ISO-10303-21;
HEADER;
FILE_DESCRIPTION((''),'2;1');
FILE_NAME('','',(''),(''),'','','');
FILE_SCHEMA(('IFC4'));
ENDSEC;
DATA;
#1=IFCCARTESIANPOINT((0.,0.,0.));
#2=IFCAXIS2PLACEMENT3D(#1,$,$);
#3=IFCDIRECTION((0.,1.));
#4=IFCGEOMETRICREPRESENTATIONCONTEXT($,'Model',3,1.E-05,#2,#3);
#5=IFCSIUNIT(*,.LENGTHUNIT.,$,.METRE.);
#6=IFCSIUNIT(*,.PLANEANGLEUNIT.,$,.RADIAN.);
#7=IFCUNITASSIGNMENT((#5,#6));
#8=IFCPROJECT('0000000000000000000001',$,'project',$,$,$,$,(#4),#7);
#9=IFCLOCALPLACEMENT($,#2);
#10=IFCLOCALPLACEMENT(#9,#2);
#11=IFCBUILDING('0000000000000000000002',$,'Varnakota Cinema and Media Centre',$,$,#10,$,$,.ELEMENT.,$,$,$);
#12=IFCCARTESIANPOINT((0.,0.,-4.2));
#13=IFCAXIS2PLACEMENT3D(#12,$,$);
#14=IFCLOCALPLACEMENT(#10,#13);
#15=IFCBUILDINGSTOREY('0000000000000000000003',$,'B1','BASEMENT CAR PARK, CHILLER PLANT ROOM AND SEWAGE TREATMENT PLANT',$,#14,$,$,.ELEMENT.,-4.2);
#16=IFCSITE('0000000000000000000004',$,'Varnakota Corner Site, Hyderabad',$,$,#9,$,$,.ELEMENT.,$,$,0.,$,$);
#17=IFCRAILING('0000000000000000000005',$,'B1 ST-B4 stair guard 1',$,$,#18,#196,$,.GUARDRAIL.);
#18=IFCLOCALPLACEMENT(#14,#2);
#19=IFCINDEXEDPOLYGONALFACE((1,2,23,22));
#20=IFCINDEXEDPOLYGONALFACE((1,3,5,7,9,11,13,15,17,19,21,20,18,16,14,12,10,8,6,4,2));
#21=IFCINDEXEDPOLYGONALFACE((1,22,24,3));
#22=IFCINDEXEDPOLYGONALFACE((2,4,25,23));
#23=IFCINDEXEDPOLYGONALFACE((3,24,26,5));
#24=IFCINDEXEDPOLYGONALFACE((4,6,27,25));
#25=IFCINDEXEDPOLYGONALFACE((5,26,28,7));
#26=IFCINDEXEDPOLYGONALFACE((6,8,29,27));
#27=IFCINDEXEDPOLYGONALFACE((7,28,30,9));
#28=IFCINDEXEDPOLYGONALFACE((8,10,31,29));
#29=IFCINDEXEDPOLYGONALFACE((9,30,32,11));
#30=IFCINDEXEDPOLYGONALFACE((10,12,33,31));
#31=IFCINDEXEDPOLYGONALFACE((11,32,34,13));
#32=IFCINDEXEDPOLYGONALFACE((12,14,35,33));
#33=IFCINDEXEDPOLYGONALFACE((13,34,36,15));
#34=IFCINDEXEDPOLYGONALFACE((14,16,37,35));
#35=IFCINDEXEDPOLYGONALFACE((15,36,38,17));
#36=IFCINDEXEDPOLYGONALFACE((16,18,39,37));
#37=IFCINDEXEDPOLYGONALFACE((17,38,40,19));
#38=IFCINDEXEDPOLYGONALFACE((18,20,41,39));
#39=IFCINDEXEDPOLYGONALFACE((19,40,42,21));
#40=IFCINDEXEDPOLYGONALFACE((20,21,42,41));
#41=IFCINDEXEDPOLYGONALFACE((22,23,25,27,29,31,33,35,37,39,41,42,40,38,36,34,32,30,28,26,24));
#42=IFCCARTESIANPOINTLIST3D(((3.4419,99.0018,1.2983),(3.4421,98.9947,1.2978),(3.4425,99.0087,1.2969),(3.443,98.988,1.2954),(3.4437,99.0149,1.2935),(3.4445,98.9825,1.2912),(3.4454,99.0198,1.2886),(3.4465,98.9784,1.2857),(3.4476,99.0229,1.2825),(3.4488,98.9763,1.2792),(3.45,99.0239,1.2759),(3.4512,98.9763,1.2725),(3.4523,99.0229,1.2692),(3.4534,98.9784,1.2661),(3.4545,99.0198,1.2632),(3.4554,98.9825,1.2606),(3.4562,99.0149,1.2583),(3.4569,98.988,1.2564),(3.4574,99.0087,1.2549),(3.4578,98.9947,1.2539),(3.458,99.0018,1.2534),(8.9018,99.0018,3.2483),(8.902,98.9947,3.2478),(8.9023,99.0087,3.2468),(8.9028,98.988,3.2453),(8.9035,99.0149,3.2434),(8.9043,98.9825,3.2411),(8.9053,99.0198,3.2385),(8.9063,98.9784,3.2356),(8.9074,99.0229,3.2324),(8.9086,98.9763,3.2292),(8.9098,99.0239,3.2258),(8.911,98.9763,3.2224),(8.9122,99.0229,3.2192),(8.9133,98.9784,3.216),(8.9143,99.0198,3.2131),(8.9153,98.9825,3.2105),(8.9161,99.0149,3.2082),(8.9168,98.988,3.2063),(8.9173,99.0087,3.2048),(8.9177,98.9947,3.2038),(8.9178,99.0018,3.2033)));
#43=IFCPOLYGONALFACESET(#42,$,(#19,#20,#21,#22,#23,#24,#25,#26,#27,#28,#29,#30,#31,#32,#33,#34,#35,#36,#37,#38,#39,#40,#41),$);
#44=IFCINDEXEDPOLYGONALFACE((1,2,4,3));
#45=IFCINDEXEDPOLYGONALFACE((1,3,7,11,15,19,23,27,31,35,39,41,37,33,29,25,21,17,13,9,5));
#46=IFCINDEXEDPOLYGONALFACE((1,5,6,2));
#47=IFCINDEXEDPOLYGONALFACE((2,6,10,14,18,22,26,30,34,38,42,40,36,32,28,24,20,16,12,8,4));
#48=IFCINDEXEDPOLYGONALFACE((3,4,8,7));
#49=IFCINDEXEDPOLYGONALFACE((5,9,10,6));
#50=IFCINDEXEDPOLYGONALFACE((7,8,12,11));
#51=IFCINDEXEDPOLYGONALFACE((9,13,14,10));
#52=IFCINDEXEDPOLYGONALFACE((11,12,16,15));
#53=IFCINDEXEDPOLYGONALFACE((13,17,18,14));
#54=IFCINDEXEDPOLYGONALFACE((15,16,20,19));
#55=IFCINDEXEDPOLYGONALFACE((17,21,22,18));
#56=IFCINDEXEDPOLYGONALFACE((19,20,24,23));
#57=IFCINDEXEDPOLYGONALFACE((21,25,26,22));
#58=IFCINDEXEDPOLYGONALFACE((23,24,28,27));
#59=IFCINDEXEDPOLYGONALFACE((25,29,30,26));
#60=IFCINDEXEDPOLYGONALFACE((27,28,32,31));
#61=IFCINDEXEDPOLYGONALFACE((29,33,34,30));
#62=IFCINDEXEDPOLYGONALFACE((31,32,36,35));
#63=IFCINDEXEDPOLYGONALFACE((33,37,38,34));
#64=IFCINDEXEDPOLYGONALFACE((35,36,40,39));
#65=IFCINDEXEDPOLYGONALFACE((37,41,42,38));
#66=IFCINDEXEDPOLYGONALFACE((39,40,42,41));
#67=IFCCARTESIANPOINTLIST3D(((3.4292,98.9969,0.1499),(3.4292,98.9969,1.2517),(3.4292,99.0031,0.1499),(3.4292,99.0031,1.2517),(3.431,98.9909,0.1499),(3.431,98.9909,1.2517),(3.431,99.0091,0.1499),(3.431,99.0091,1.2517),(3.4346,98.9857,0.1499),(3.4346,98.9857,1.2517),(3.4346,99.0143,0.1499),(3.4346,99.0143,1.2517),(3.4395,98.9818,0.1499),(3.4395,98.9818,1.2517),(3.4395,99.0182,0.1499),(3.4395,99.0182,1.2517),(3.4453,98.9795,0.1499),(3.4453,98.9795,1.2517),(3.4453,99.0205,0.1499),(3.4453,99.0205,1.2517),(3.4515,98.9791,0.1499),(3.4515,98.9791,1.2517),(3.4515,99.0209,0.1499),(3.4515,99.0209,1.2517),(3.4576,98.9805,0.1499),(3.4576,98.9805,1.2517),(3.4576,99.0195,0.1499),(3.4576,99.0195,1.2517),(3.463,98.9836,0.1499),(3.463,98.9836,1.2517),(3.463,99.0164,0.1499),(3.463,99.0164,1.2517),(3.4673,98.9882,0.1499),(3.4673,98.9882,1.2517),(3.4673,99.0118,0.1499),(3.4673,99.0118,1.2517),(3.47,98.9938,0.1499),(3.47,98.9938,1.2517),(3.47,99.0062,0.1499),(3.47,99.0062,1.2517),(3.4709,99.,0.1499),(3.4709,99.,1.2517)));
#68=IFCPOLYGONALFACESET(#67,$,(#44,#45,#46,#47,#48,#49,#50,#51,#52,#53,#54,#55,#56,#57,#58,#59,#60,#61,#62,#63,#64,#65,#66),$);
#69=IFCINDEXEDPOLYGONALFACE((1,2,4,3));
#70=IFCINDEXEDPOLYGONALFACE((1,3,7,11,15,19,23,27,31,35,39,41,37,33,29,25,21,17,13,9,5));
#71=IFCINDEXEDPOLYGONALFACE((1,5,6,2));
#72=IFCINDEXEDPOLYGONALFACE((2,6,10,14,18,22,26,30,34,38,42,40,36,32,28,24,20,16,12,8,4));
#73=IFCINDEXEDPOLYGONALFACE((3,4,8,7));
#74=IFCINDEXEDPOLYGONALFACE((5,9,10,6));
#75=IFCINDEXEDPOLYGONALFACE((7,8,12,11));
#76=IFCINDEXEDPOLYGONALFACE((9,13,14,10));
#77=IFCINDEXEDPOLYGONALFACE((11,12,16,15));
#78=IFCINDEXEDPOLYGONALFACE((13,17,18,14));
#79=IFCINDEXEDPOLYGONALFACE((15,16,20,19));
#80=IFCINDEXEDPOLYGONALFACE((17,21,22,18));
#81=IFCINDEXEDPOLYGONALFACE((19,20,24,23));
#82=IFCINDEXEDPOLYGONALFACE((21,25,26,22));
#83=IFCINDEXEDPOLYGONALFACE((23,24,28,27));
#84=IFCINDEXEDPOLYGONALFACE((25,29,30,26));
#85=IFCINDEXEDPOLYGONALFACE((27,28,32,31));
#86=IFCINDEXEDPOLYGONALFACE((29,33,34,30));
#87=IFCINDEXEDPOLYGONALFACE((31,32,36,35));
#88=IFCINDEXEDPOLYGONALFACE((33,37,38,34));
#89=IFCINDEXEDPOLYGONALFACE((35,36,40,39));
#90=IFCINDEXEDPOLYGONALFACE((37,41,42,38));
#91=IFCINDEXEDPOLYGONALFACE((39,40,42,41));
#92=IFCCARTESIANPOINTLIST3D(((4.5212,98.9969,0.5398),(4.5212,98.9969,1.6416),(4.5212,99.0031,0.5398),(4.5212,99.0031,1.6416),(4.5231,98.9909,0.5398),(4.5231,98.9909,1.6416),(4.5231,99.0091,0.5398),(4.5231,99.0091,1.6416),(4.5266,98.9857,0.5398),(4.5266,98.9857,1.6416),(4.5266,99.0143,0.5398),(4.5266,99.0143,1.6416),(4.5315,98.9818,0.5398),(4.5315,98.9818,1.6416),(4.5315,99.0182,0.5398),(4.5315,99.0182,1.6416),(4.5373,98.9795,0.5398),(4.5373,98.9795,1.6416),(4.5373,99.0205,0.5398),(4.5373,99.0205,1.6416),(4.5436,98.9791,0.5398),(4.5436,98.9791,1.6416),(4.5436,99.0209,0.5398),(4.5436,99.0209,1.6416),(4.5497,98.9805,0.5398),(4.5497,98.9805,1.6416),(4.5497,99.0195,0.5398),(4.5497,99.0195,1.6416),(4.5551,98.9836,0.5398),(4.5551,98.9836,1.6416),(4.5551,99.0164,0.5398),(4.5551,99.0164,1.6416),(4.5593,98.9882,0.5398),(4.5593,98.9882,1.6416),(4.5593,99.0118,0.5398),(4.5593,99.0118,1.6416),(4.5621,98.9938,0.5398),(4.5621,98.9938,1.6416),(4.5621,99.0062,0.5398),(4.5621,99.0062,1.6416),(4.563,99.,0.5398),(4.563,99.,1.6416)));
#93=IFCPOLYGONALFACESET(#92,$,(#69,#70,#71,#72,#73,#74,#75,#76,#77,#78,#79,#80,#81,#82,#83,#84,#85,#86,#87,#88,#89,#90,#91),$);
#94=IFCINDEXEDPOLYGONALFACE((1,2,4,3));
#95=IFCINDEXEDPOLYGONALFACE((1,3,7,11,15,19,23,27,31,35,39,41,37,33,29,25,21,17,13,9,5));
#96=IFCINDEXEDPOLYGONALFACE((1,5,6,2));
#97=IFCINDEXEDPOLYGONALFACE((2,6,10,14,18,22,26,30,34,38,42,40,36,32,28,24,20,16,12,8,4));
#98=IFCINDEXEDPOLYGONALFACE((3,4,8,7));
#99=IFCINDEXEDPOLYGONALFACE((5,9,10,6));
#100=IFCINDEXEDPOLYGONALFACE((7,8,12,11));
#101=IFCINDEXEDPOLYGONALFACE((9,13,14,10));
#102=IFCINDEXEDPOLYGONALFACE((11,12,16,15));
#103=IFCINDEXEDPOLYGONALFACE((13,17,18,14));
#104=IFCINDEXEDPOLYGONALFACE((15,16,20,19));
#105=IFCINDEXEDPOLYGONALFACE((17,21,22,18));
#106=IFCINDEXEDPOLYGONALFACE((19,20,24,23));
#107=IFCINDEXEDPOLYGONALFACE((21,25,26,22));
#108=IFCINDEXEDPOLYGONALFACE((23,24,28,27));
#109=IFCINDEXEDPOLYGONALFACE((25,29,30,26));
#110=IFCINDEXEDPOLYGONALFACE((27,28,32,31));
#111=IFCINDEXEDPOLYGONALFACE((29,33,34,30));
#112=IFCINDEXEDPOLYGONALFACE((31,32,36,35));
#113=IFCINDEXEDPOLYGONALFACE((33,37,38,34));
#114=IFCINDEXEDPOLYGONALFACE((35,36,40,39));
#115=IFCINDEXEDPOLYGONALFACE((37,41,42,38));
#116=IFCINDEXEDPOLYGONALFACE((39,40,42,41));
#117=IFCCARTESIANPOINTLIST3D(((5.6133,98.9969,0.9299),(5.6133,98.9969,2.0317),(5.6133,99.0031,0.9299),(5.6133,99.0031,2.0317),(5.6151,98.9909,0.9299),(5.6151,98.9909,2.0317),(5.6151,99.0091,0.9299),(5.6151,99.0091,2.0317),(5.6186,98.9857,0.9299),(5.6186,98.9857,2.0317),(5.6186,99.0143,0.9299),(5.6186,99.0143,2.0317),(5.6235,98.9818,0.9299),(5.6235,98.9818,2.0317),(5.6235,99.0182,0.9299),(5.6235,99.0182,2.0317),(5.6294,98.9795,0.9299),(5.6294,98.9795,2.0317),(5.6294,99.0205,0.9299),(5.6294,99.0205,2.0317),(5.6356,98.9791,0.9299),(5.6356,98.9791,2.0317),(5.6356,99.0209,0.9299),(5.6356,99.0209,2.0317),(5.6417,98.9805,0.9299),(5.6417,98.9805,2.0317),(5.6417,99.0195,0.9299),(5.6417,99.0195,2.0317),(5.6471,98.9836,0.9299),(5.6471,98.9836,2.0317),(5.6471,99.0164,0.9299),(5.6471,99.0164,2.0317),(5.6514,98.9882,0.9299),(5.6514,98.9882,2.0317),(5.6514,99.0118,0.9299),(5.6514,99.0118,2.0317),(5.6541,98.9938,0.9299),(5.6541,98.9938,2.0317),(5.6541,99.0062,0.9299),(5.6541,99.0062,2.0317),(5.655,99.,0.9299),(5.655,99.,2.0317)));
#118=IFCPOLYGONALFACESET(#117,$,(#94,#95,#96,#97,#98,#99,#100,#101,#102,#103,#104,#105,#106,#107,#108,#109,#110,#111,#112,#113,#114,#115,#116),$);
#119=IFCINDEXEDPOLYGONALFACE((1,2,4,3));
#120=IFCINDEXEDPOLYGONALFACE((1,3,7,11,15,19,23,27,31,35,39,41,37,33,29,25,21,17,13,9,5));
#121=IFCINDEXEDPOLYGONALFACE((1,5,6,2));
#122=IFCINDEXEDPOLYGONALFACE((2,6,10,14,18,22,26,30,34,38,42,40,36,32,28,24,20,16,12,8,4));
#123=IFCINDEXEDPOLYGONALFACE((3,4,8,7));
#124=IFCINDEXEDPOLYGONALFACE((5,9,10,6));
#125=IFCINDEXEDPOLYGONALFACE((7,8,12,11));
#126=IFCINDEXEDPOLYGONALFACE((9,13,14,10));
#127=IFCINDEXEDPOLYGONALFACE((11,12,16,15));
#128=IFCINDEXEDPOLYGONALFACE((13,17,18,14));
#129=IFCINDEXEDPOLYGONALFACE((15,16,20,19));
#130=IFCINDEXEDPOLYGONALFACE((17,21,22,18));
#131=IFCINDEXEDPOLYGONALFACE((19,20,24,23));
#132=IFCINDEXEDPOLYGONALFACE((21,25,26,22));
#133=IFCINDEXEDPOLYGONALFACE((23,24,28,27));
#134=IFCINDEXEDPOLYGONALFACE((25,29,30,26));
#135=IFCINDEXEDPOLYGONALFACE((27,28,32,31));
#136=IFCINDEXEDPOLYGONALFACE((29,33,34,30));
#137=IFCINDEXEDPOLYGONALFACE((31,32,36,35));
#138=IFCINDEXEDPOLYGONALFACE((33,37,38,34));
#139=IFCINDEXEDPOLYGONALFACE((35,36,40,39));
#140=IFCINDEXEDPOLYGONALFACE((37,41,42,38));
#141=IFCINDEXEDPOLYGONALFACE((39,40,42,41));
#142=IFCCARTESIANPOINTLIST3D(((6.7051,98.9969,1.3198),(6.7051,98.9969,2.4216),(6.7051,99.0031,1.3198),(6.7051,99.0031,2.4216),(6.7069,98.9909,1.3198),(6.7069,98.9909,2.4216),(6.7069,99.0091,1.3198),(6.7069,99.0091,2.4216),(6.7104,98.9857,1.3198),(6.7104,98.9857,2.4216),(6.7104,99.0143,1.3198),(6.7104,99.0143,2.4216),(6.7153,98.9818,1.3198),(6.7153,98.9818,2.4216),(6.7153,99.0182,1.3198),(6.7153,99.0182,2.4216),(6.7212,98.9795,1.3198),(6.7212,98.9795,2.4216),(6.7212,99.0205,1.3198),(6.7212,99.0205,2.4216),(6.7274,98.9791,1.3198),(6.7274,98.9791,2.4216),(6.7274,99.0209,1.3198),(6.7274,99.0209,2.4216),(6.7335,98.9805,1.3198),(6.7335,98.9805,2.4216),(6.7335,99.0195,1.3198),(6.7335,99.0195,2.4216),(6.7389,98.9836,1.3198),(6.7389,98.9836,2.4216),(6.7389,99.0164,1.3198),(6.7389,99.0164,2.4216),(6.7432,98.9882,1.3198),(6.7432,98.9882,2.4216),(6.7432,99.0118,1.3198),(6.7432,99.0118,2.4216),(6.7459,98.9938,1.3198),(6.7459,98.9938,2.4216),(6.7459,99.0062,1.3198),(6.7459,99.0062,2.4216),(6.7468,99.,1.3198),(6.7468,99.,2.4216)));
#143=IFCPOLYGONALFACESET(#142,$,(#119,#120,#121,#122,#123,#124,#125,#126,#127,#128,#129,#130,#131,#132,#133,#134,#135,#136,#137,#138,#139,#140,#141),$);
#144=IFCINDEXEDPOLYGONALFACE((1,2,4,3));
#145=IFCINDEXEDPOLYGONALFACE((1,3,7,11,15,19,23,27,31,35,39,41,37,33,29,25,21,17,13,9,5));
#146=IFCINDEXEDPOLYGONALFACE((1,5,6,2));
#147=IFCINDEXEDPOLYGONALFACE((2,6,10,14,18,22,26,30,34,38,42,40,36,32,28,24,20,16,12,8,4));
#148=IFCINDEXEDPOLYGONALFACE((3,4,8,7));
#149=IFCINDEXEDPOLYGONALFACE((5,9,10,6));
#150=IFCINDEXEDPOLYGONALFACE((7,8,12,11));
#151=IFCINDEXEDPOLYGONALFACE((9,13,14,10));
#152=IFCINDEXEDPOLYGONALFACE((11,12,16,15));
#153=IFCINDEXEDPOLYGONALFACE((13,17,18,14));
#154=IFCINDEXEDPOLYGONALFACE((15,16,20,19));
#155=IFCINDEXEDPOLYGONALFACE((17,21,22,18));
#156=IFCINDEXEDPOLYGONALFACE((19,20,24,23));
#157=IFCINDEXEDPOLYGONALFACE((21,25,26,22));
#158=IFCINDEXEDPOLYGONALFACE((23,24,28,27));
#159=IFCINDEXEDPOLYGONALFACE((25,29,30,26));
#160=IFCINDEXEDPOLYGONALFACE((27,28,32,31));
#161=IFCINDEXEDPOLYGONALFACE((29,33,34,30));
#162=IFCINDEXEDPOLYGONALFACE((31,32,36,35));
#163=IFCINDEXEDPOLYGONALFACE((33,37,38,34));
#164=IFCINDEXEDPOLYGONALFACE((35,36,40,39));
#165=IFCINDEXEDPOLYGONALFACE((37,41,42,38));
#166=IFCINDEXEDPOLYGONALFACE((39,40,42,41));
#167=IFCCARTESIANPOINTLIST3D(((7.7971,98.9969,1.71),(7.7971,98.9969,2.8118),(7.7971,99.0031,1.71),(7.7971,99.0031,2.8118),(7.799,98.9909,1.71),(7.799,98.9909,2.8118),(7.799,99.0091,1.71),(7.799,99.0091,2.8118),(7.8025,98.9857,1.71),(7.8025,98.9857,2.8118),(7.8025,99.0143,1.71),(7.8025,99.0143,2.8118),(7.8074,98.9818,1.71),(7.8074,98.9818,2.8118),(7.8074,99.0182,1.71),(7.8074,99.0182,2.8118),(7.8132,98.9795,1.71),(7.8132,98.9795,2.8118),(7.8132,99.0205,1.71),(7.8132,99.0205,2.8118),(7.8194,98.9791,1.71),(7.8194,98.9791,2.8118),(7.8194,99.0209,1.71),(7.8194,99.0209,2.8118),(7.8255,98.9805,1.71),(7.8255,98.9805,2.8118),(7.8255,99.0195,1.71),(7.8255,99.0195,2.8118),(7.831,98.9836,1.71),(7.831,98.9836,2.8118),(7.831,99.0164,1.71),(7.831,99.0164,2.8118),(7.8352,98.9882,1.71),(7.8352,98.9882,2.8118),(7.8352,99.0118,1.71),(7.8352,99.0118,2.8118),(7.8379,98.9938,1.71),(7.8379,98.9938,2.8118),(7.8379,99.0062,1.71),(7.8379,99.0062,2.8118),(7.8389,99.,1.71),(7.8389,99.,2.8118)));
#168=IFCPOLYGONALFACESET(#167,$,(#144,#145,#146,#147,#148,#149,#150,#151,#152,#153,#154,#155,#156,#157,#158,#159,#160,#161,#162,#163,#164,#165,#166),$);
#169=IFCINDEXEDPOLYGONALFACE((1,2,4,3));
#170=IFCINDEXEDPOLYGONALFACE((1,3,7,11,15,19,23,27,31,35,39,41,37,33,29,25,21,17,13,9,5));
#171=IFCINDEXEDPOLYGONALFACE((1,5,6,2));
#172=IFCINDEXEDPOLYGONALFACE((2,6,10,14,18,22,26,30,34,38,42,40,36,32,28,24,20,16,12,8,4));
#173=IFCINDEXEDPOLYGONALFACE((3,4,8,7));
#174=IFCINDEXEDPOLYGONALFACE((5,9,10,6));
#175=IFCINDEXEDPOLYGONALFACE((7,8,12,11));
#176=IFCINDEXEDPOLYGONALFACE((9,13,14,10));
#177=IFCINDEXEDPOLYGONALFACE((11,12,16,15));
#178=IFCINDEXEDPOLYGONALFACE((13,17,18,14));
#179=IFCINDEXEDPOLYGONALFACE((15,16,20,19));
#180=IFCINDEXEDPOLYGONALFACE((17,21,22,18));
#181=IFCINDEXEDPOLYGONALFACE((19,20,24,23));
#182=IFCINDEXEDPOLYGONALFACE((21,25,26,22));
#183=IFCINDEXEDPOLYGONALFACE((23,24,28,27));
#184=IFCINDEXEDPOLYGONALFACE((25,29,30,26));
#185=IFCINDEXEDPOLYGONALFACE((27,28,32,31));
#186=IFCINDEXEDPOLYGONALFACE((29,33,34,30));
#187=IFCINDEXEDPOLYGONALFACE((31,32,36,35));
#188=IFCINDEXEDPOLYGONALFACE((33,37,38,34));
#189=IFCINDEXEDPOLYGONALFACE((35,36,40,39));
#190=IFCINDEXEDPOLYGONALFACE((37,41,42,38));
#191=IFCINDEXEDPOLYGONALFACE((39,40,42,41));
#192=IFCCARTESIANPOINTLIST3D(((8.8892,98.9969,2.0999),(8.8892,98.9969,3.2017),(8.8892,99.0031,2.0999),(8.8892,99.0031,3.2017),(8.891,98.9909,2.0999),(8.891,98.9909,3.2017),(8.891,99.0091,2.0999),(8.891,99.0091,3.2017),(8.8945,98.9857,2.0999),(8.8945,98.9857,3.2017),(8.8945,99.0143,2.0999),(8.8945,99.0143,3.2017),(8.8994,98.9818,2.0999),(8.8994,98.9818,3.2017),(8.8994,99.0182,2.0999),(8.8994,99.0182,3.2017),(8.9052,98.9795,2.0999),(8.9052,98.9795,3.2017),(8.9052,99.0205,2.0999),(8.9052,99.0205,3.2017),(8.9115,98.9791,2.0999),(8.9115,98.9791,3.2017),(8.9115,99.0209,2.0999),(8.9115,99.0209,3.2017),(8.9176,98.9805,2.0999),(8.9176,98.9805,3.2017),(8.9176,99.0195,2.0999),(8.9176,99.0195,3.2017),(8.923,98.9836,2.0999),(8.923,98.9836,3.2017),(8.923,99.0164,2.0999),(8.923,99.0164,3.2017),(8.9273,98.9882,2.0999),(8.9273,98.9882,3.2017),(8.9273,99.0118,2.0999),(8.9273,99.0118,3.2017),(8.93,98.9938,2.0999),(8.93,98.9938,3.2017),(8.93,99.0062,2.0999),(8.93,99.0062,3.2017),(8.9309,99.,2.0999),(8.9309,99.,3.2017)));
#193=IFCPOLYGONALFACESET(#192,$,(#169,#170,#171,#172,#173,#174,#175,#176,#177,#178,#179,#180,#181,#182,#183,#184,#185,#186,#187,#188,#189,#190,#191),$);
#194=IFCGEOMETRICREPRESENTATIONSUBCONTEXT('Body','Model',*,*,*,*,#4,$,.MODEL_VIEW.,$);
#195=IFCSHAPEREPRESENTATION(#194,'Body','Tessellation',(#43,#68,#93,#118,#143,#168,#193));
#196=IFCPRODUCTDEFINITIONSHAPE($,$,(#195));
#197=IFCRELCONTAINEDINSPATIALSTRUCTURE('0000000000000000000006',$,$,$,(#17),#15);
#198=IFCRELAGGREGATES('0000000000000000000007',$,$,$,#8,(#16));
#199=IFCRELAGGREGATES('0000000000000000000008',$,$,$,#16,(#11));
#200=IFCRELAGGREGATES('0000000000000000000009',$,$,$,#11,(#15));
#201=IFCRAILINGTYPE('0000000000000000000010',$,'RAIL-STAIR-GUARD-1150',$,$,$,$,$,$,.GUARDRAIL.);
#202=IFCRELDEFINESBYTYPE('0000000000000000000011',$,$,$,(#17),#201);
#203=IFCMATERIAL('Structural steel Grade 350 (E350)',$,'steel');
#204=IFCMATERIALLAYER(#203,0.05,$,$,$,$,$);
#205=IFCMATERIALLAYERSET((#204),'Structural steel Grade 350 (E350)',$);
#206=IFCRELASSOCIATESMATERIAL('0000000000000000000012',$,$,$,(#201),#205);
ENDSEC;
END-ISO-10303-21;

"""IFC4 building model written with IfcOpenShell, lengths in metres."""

from ifc_helpers import new_model, si_unit, direction, frame, origin, origin_2d, place, context, subcontext, project, spatial, circle, extrude, material, layer, layer_set, type_object, element, save


model = new_model("IFC4")

# Units and contexts
model_context = context("Model", 3, precision=1e-05, world=origin(), true_north=direction((0.0, 1.0)))
body_context = subcontext(model_context, "Body", "Model", "MODEL_VIEW")
ifc_project = project(units=[si_unit("LENGTHUNIT", "METRE"), si_unit("PLANEANGLEUNIT", "RADIAN")], contexts=[model_context])

# Site, building, storey
site_placement = place(None, origin())
site = spatial("IfcSite", under=ifc_project, at=site_placement, Name="Varnakota Corner Site, Hyderabad", CompositionType="ELEMENT", RefElevation=0.0)
building_placement = place(site_placement, origin())
building = spatial("IfcBuilding", under=site, at=building_placement, Name="Varnakota Cinema and Media Centre", CompositionType="ELEMENT")
storey_placement = place(building_placement, frame((0.0, 0.0, -4.2)))
storey = spatial("IfcBuildingStorey", under=building, at=storey_placement, Name="B1", Description="BASEMENT CAR PARK, CHILLER PLANT ROOM AND SEWAGE TREATMENT PLANT", CompositionType="ELEMENT", Elevation=-4.2)

# Railing
ifc_material_1 = material(Name="Structural steel Grade 350 (E350)", Category="steel")
ifc_layer_1 = layer(ifc_material_1, 0.05)
ifc_layer_set_1 = layer_set([ifc_layer_1], Name="Structural steel Grade 350 (E350)")
railing_type_1 = type_object("IfcRailingType", Name="RAIL-STAIR-GUARD-1150", PredefinedType="GUARDRAIL", material=ifc_layer_set_1)
railing_1_placement = place(storey_placement, frame((3.45, 99.0, 0.1499)))
element("IfcRailing", 1, at=railing_1_placement, inside=storey, type_object=railing_type_1, Name="B1 ST-B4 stair guard 1", PredefinedType="GUARDRAIL", context=body_context, shape_type="SweptSolid", body=[
    extrude(circle(Radius=0.0239, at=origin_2d()), frame((0.0, 0.0, 1.126), z_axis=(0.941744, 0.0, 0.336331), x_axis=(0.0, 1.0, 0.0)), (0.0, 0.0, 1.0), 5.7976),
    extrude(circle(Radius=0.021, at=origin_2d()), origin(), (0.0, 0.0, 1.0), 1.1018),
    extrude(circle(Radius=0.021, at=origin_2d()), frame((1.092, 0.0, 0.3899)), (0.0, 0.0, 1.0), 1.1018),
    extrude(circle(Radius=0.021, at=origin_2d()), frame((2.1841, 0.0, 0.78)), (0.0, 0.0, 1.0), 1.1018),
    extrude(circle(Radius=0.021, at=origin_2d()), frame((3.2759, 0.0, 1.1699)), (0.0, 0.0, 1.0), 1.1018),
    extrude(circle(Radius=0.021, at=origin_2d()), frame((4.3679, 0.0, 1.5601)), (0.0, 0.0, 1.0), 1.1018),
    extrude(circle(Radius=0.021, at=origin_2d()), frame((5.46, 0.0, 1.95)), (0.0, 0.0, 1.0), 1.1018),
])

save(model, "model.ifc")
